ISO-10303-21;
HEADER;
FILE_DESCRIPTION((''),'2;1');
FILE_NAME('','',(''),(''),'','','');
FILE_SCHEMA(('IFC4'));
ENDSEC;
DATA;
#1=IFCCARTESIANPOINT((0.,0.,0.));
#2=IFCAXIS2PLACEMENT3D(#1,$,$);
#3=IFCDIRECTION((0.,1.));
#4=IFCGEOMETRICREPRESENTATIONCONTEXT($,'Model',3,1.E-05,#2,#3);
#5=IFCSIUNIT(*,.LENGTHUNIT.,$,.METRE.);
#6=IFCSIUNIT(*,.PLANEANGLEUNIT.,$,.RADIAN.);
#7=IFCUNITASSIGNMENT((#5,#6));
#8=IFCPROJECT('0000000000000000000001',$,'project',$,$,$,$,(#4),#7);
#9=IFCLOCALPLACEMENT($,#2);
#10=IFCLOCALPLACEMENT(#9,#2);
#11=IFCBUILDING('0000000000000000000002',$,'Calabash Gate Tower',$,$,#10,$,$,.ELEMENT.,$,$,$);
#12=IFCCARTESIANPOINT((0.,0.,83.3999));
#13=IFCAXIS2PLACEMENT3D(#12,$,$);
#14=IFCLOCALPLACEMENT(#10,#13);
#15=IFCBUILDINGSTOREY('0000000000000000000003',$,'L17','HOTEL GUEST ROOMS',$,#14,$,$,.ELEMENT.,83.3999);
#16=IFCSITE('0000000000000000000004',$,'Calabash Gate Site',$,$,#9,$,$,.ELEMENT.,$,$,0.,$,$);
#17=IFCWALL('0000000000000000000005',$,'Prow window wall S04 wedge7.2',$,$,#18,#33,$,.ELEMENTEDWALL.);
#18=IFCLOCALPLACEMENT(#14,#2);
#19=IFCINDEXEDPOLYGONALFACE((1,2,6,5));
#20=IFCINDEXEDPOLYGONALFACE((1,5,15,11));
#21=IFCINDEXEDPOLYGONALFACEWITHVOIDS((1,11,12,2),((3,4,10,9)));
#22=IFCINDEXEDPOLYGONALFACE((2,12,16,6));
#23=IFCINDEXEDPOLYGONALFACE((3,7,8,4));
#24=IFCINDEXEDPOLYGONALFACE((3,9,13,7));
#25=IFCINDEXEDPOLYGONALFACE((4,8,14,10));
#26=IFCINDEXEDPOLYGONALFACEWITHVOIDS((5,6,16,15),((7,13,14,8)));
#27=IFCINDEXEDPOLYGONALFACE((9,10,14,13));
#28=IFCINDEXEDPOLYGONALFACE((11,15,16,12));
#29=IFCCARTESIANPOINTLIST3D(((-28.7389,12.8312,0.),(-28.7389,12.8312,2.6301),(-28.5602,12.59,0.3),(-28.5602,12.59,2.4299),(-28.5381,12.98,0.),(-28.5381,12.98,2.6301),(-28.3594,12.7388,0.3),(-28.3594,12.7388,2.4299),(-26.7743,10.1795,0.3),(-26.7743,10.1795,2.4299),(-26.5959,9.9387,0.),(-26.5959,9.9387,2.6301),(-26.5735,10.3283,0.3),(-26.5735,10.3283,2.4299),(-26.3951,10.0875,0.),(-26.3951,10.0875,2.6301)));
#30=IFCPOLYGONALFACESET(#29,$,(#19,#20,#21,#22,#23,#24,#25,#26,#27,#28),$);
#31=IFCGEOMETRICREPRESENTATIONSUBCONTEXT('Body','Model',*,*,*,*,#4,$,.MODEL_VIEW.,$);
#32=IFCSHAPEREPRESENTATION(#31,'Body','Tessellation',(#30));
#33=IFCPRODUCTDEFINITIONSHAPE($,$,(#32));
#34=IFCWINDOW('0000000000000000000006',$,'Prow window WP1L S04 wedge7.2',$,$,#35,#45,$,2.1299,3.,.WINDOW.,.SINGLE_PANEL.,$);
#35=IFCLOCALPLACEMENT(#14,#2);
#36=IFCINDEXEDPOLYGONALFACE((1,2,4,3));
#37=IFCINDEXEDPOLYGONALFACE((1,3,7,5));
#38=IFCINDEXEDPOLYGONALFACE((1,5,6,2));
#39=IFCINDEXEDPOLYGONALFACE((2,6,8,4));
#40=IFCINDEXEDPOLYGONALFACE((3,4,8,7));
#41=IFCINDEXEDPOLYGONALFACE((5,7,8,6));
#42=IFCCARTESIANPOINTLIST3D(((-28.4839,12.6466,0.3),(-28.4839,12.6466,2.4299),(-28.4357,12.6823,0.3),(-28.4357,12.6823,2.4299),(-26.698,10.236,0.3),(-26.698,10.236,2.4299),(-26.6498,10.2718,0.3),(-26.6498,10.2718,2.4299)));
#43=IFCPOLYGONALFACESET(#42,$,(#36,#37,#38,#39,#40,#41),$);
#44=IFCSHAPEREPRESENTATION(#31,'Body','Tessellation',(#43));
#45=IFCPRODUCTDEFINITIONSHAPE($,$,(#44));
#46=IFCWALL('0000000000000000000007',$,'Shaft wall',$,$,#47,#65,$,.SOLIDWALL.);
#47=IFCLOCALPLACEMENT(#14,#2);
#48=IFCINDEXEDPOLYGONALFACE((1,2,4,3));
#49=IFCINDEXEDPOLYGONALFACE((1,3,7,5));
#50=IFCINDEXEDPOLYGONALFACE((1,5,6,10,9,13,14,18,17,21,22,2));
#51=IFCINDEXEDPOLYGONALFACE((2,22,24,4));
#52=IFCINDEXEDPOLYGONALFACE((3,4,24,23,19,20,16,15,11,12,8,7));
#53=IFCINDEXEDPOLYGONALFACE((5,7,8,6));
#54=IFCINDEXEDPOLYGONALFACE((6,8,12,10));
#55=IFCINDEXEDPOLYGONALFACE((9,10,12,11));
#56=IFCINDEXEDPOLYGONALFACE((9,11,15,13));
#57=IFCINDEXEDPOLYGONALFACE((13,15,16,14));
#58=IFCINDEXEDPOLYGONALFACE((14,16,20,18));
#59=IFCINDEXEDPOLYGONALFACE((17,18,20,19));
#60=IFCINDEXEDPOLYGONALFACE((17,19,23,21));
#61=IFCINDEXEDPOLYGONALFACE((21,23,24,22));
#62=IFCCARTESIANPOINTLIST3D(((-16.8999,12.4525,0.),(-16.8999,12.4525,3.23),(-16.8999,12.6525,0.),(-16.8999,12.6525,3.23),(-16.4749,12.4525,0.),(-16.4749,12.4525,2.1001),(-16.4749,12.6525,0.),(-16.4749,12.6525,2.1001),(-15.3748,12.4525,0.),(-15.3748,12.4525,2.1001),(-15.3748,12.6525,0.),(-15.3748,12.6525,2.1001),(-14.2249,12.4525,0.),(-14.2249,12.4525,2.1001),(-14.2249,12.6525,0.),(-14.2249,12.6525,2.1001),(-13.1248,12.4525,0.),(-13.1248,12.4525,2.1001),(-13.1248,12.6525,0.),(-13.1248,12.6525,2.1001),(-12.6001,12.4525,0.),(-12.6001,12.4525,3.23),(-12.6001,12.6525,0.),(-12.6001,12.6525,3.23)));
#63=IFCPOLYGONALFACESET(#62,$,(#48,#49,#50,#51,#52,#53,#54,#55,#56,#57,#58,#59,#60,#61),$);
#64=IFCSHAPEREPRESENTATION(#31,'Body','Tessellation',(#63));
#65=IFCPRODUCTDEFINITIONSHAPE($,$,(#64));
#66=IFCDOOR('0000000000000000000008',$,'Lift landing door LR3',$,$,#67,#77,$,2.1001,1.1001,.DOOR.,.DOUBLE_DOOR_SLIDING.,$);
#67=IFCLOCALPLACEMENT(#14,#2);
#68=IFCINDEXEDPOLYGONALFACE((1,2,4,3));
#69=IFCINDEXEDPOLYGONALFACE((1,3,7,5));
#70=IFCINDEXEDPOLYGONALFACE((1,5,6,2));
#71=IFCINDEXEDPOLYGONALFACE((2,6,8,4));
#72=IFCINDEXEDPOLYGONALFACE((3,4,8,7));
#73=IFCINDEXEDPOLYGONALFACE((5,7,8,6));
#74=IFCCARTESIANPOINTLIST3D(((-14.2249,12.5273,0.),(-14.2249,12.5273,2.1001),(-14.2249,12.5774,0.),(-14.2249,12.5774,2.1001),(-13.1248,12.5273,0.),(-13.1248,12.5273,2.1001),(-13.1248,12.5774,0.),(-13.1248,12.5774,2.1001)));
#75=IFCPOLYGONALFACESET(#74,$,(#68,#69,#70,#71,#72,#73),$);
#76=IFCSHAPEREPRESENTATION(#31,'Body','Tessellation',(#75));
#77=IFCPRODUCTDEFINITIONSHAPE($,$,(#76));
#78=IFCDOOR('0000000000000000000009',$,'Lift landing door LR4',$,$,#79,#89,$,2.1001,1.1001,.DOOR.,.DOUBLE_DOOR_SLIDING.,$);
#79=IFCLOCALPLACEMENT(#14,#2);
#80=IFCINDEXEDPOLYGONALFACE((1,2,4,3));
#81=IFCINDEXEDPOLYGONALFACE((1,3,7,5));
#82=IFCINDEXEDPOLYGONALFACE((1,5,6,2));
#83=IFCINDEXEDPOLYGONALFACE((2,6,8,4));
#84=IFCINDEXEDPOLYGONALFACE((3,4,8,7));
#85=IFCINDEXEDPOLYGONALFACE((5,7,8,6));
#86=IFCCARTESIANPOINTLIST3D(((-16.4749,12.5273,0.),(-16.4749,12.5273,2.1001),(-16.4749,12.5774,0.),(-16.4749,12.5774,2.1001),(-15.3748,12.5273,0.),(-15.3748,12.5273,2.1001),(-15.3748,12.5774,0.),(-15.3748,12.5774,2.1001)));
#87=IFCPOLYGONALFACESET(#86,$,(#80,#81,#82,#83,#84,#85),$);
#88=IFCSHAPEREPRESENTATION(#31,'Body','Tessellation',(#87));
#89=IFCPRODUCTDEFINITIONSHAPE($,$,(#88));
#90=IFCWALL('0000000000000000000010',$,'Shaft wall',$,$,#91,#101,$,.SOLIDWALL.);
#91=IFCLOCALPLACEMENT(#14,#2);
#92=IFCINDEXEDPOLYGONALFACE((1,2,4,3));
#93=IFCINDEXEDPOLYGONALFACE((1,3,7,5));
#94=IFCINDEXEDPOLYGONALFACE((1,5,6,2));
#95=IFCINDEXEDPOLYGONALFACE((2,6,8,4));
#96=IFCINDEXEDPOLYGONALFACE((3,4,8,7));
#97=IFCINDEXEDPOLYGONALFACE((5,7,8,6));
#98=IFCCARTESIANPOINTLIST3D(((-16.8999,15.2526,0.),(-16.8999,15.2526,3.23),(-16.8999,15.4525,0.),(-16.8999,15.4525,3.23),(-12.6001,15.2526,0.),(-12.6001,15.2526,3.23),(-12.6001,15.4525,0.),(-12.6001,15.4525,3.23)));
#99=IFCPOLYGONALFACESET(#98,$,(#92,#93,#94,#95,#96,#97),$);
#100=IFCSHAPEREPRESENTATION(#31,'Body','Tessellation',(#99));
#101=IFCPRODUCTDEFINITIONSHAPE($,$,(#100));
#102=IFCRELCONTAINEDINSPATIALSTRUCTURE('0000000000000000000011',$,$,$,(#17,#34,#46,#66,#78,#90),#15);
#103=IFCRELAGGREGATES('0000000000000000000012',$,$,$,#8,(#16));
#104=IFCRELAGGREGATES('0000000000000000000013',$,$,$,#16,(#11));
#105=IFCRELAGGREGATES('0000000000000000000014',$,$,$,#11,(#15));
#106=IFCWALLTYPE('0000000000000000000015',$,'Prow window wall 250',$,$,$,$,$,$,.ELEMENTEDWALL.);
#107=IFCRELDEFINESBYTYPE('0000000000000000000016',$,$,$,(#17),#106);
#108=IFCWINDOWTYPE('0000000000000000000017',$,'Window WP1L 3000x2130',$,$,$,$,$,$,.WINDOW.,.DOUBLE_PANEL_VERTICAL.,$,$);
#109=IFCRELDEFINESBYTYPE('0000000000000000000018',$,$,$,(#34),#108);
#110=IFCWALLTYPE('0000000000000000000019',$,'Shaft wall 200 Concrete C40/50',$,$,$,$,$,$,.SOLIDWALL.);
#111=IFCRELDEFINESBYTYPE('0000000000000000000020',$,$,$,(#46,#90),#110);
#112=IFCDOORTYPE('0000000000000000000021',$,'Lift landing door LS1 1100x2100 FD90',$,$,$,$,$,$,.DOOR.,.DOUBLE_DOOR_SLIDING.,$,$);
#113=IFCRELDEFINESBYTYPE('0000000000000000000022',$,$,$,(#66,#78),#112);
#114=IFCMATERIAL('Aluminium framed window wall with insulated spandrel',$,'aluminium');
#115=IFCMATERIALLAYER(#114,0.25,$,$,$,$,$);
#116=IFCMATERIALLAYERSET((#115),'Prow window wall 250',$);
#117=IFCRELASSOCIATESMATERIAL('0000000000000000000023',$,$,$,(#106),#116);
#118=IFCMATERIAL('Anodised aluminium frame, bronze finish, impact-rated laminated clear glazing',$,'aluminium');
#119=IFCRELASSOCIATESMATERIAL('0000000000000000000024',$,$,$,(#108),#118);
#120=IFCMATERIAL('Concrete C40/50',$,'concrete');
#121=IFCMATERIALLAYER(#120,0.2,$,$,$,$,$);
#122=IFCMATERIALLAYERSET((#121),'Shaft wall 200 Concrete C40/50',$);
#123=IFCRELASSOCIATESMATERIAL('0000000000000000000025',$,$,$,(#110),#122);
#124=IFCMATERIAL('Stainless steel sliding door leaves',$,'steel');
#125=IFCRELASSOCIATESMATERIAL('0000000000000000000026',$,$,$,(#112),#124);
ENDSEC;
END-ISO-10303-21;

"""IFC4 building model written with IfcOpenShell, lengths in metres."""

from ifc_helpers import new_model, si_unit, direction, frame, frame_2d, origin, place, context, subcontext, project, spatial, rectangle, extrude, material, layer, layer_set, type_object, element, fill, save


model = new_model("IFC4")

# Units and contexts
model_context = context("Model", 3, precision=1e-05, world=origin(), true_north=direction((0.0, 1.0)))
body_context = subcontext(model_context, "Body", "Model", "MODEL_VIEW")
ifc_project = project(units=[si_unit("LENGTHUNIT", "METRE"), si_unit("PLANEANGLEUNIT", "RADIAN")], contexts=[model_context])

# Site, building, storey
site_placement = place(None, origin())
site = spatial("IfcSite", under=ifc_project, at=site_placement, Name="Calabash Gate Site", CompositionType="ELEMENT", RefElevation=0.0)
building_placement = place(site_placement, origin())
building = spatial("IfcBuilding", under=site, at=building_placement, Name="Calabash Gate Tower", CompositionType="ELEMENT")
storey_placement = place(building_placement, frame((0.0, 0.0, 83.3999)))
storey = spatial("IfcBuildingStorey", under=building, at=storey_placement, Name="L17", Description="HOTEL GUEST ROOMS", CompositionType="ELEMENT", Elevation=83.3999)

# Wall, opening, window
ifc_material_1 = material(Name="Aluminium framed window wall with insulated spandrel", Category="aluminium")
ifc_layer_1 = layer(ifc_material_1, 0.25)
ifc_layer_set_1 = layer_set([ifc_layer_1], Name="Prow window wall 250")
wall_type_1 = type_object("IfcWallType", Name="Prow window wall 250", PredefinedType="ELEMENTEDWALL", material=ifc_layer_set_1)
ifc_material_2 = material(Name="Anodised aluminium frame, bronze finish, impact-rated laminated clear glazing", Category="aluminium")
window_type = type_object("IfcWindowType", Name="Window WP1L 3000x2130", PartitioningType="DOUBLE_PANEL_VERTICAL", PredefinedType="WINDOW", material=ifc_material_2)
wall_1_placement = place(storey_placement, frame((-28.6384, 12.9055, 0.0), z_axis=(0.0, 0.0, 1.0), x_axis=(0.595302, -0.803502, 0.0)))
wall_1 = element("IfcWall", 1, at=wall_1_placement, inside=storey, type_object=wall_type_1, Name="Prow window wall S04 wedge7.2", PredefinedType="ELEMENTEDWALL", context=body_context, shape_type="SweptSolid", body=[
    extrude(rectangle(XDim=3.5999, YDim=0.25, at=frame_2d((1.7998, 0.0))), origin(), (0.0, 0.0, 1.0), 2.6301),
])
opening_1_placement = place(wall_1_placement, frame((0.3, 0.0, 0.3)))
opening_1 = element("IfcOpeningElement", 2, at=opening_1_placement, cuts=wall_1, PredefinedType="OPENING", context=body_context, shape_type="SweptSolid", body=[
    extrude(rectangle(XDim=3.0, YDim=2.1299, at=frame_2d((1.5, 1.0649))), frame((0.0, 0.135, 0.0), z_axis=(0.0, -1.0, 0.0), x_axis=(1.0, 0.0, 0.0)), (0.0, 0.0, 1.0), 0.27),
])
window_1_placement = place(opening_1_placement, origin())
window_1 = element("IfcWindow", 3, at=window_1_placement, inside=storey, type_object=window_type, Name="Prow window WP1L S04 wedge7.2", OverallHeight=2.1299, OverallWidth=3.0, PartitioningType="SINGLE_PANEL", PredefinedType="WINDOW", context=body_context, shape_type="SweptSolid", body=[
    extrude(rectangle(XDim=3.0, YDim=2.1299, at=frame_2d((1.5, 1.0649))), frame((0.0, 0.03, 0.0), z_axis=(0.0, -1.0, 0.0), x_axis=(1.0, 0.0, 0.0)), (0.0, 0.0, 1.0), 0.0601),
])
fill(opening_1, window_1)

# Wall, openings, doors
ifc_material_3 = material(Name="Concrete C40/50", Category="concrete")
ifc_layer_2 = layer(ifc_material_3, 0.2)
ifc_layer_set_2 = layer_set([ifc_layer_2], Name="Shaft wall 200 Concrete C40/50")
wall_type_2 = type_object("IfcWallType", Name="Shaft wall 200 Concrete C40/50", PredefinedType="SOLIDWALL", material=ifc_layer_set_2)
wall_2_placement = place(storey_placement, frame((-16.8999, 12.5525, 0.0), z_axis=(0.0, 0.0, 1.0), x_axis=(1.0, 0.0, 0.0)))
wall_2 = element("IfcWall", 4, at=wall_2_placement, inside=storey, type_object=wall_type_2, Name="Shaft wall", PredefinedType="SOLIDWALL", context=body_context, shape_type="SweptSolid", body=[
    extrude(rectangle(XDim=4.2998, YDim=0.2, at=frame_2d((2.1499, 0.0))), origin(), (0.0, 0.0, 1.0), 3.23),
])
opening_2_placement = place(wall_2_placement, frame((2.675, 0.0, 0.0)))
opening_2 = element("IfcOpeningElement", 5, at=opening_2_placement, cuts=wall_2, PredefinedType="OPENING", context=body_context, shape_type="SweptSolid", body=[
    extrude(rectangle(XDim=1.1001, YDim=2.1001, at=frame_2d((0.55, 1.05))), frame((0.0, 0.1099, 0.0), z_axis=(0.0, -1.0, 0.0), x_axis=(1.0, 0.0, 0.0)), (0.0, 0.0, 1.0), 0.22),
])
opening_3_placement = place(wall_2_placement, frame((0.425, 0.0, 0.0)))
opening_3 = element("IfcOpeningElement", 6, at=opening_3_placement, cuts=wall_2, PredefinedType="OPENING", context=body_context, shape_type="SweptSolid", body=[
    extrude(rectangle(XDim=1.1001, YDim=2.1001, at=frame_2d((0.55, 1.05))), frame((0.0, 0.1099, 0.0), z_axis=(0.0, -1.0, 0.0), x_axis=(1.0, 0.0, 0.0)), (0.0, 0.0, 1.0), 0.22),
])
ifc_material_4 = material(Name="Stainless steel sliding door leaves", Category="steel")
door_type = type_object("IfcDoorType", Name="Lift landing door LS1 1100x2100 FD90", OperationType="DOUBLE_DOOR_SLIDING", PredefinedType="DOOR", material=ifc_material_4)
door_1_placement = place(opening_2_placement, origin())
door_1 = element("IfcDoor", 7, at=door_1_placement, inside=storey, type_object=door_type, Name="Lift landing door LR3", OperationType="DOUBLE_DOOR_SLIDING", OverallHeight=2.1001, OverallWidth=1.1001, PredefinedType="DOOR", context=body_context, shape_type="SweptSolid", body=[
    extrude(rectangle(XDim=1.1001, YDim=2.1001, at=frame_2d((0.55, 1.05))), frame((0.0, 0.0249, 0.0), z_axis=(0.0, -1.0, 0.0), x_axis=(1.0, 0.0, 0.0)), (0.0, 0.0, 1.0), 0.05),
])
fill(opening_2, door_1)
door_2_placement = place(opening_3_placement, origin())
door_2 = element("IfcDoor", 8, at=door_2_placement, inside=storey, type_object=door_type, Name="Lift landing door LR4", OperationType="DOUBLE_DOOR_SLIDING", OverallHeight=2.1001, OverallWidth=1.1001, PredefinedType="DOOR", context=body_context, shape_type="SweptSolid", body=[
    extrude(rectangle(XDim=1.1001, YDim=2.1001, at=frame_2d((0.55, 1.05))), frame((0.0, 0.0249, 0.0), z_axis=(0.0, -1.0, 0.0), x_axis=(1.0, 0.0, 0.0)), (0.0, 0.0, 1.0), 0.05),
])
fill(opening_3, door_2)

# Wall
wall_3_placement = place(storey_placement, frame((-16.8999, 15.3525, 0.0), z_axis=(0.0, 0.0, 1.0), x_axis=(1.0, 0.0, 0.0)))
element("IfcWall", 9, at=wall_3_placement, inside=storey, type_object=wall_type_2, Name="Shaft wall", PredefinedType="SOLIDWALL", context=body_context, shape_type="SweptSolid", body=[
    extrude(rectangle(XDim=4.2998, YDim=0.2, at=frame_2d((2.1499, 0.0))), origin(), (0.0, 0.0, 1.0), 3.23),
])

save(model, "model.ifc")
